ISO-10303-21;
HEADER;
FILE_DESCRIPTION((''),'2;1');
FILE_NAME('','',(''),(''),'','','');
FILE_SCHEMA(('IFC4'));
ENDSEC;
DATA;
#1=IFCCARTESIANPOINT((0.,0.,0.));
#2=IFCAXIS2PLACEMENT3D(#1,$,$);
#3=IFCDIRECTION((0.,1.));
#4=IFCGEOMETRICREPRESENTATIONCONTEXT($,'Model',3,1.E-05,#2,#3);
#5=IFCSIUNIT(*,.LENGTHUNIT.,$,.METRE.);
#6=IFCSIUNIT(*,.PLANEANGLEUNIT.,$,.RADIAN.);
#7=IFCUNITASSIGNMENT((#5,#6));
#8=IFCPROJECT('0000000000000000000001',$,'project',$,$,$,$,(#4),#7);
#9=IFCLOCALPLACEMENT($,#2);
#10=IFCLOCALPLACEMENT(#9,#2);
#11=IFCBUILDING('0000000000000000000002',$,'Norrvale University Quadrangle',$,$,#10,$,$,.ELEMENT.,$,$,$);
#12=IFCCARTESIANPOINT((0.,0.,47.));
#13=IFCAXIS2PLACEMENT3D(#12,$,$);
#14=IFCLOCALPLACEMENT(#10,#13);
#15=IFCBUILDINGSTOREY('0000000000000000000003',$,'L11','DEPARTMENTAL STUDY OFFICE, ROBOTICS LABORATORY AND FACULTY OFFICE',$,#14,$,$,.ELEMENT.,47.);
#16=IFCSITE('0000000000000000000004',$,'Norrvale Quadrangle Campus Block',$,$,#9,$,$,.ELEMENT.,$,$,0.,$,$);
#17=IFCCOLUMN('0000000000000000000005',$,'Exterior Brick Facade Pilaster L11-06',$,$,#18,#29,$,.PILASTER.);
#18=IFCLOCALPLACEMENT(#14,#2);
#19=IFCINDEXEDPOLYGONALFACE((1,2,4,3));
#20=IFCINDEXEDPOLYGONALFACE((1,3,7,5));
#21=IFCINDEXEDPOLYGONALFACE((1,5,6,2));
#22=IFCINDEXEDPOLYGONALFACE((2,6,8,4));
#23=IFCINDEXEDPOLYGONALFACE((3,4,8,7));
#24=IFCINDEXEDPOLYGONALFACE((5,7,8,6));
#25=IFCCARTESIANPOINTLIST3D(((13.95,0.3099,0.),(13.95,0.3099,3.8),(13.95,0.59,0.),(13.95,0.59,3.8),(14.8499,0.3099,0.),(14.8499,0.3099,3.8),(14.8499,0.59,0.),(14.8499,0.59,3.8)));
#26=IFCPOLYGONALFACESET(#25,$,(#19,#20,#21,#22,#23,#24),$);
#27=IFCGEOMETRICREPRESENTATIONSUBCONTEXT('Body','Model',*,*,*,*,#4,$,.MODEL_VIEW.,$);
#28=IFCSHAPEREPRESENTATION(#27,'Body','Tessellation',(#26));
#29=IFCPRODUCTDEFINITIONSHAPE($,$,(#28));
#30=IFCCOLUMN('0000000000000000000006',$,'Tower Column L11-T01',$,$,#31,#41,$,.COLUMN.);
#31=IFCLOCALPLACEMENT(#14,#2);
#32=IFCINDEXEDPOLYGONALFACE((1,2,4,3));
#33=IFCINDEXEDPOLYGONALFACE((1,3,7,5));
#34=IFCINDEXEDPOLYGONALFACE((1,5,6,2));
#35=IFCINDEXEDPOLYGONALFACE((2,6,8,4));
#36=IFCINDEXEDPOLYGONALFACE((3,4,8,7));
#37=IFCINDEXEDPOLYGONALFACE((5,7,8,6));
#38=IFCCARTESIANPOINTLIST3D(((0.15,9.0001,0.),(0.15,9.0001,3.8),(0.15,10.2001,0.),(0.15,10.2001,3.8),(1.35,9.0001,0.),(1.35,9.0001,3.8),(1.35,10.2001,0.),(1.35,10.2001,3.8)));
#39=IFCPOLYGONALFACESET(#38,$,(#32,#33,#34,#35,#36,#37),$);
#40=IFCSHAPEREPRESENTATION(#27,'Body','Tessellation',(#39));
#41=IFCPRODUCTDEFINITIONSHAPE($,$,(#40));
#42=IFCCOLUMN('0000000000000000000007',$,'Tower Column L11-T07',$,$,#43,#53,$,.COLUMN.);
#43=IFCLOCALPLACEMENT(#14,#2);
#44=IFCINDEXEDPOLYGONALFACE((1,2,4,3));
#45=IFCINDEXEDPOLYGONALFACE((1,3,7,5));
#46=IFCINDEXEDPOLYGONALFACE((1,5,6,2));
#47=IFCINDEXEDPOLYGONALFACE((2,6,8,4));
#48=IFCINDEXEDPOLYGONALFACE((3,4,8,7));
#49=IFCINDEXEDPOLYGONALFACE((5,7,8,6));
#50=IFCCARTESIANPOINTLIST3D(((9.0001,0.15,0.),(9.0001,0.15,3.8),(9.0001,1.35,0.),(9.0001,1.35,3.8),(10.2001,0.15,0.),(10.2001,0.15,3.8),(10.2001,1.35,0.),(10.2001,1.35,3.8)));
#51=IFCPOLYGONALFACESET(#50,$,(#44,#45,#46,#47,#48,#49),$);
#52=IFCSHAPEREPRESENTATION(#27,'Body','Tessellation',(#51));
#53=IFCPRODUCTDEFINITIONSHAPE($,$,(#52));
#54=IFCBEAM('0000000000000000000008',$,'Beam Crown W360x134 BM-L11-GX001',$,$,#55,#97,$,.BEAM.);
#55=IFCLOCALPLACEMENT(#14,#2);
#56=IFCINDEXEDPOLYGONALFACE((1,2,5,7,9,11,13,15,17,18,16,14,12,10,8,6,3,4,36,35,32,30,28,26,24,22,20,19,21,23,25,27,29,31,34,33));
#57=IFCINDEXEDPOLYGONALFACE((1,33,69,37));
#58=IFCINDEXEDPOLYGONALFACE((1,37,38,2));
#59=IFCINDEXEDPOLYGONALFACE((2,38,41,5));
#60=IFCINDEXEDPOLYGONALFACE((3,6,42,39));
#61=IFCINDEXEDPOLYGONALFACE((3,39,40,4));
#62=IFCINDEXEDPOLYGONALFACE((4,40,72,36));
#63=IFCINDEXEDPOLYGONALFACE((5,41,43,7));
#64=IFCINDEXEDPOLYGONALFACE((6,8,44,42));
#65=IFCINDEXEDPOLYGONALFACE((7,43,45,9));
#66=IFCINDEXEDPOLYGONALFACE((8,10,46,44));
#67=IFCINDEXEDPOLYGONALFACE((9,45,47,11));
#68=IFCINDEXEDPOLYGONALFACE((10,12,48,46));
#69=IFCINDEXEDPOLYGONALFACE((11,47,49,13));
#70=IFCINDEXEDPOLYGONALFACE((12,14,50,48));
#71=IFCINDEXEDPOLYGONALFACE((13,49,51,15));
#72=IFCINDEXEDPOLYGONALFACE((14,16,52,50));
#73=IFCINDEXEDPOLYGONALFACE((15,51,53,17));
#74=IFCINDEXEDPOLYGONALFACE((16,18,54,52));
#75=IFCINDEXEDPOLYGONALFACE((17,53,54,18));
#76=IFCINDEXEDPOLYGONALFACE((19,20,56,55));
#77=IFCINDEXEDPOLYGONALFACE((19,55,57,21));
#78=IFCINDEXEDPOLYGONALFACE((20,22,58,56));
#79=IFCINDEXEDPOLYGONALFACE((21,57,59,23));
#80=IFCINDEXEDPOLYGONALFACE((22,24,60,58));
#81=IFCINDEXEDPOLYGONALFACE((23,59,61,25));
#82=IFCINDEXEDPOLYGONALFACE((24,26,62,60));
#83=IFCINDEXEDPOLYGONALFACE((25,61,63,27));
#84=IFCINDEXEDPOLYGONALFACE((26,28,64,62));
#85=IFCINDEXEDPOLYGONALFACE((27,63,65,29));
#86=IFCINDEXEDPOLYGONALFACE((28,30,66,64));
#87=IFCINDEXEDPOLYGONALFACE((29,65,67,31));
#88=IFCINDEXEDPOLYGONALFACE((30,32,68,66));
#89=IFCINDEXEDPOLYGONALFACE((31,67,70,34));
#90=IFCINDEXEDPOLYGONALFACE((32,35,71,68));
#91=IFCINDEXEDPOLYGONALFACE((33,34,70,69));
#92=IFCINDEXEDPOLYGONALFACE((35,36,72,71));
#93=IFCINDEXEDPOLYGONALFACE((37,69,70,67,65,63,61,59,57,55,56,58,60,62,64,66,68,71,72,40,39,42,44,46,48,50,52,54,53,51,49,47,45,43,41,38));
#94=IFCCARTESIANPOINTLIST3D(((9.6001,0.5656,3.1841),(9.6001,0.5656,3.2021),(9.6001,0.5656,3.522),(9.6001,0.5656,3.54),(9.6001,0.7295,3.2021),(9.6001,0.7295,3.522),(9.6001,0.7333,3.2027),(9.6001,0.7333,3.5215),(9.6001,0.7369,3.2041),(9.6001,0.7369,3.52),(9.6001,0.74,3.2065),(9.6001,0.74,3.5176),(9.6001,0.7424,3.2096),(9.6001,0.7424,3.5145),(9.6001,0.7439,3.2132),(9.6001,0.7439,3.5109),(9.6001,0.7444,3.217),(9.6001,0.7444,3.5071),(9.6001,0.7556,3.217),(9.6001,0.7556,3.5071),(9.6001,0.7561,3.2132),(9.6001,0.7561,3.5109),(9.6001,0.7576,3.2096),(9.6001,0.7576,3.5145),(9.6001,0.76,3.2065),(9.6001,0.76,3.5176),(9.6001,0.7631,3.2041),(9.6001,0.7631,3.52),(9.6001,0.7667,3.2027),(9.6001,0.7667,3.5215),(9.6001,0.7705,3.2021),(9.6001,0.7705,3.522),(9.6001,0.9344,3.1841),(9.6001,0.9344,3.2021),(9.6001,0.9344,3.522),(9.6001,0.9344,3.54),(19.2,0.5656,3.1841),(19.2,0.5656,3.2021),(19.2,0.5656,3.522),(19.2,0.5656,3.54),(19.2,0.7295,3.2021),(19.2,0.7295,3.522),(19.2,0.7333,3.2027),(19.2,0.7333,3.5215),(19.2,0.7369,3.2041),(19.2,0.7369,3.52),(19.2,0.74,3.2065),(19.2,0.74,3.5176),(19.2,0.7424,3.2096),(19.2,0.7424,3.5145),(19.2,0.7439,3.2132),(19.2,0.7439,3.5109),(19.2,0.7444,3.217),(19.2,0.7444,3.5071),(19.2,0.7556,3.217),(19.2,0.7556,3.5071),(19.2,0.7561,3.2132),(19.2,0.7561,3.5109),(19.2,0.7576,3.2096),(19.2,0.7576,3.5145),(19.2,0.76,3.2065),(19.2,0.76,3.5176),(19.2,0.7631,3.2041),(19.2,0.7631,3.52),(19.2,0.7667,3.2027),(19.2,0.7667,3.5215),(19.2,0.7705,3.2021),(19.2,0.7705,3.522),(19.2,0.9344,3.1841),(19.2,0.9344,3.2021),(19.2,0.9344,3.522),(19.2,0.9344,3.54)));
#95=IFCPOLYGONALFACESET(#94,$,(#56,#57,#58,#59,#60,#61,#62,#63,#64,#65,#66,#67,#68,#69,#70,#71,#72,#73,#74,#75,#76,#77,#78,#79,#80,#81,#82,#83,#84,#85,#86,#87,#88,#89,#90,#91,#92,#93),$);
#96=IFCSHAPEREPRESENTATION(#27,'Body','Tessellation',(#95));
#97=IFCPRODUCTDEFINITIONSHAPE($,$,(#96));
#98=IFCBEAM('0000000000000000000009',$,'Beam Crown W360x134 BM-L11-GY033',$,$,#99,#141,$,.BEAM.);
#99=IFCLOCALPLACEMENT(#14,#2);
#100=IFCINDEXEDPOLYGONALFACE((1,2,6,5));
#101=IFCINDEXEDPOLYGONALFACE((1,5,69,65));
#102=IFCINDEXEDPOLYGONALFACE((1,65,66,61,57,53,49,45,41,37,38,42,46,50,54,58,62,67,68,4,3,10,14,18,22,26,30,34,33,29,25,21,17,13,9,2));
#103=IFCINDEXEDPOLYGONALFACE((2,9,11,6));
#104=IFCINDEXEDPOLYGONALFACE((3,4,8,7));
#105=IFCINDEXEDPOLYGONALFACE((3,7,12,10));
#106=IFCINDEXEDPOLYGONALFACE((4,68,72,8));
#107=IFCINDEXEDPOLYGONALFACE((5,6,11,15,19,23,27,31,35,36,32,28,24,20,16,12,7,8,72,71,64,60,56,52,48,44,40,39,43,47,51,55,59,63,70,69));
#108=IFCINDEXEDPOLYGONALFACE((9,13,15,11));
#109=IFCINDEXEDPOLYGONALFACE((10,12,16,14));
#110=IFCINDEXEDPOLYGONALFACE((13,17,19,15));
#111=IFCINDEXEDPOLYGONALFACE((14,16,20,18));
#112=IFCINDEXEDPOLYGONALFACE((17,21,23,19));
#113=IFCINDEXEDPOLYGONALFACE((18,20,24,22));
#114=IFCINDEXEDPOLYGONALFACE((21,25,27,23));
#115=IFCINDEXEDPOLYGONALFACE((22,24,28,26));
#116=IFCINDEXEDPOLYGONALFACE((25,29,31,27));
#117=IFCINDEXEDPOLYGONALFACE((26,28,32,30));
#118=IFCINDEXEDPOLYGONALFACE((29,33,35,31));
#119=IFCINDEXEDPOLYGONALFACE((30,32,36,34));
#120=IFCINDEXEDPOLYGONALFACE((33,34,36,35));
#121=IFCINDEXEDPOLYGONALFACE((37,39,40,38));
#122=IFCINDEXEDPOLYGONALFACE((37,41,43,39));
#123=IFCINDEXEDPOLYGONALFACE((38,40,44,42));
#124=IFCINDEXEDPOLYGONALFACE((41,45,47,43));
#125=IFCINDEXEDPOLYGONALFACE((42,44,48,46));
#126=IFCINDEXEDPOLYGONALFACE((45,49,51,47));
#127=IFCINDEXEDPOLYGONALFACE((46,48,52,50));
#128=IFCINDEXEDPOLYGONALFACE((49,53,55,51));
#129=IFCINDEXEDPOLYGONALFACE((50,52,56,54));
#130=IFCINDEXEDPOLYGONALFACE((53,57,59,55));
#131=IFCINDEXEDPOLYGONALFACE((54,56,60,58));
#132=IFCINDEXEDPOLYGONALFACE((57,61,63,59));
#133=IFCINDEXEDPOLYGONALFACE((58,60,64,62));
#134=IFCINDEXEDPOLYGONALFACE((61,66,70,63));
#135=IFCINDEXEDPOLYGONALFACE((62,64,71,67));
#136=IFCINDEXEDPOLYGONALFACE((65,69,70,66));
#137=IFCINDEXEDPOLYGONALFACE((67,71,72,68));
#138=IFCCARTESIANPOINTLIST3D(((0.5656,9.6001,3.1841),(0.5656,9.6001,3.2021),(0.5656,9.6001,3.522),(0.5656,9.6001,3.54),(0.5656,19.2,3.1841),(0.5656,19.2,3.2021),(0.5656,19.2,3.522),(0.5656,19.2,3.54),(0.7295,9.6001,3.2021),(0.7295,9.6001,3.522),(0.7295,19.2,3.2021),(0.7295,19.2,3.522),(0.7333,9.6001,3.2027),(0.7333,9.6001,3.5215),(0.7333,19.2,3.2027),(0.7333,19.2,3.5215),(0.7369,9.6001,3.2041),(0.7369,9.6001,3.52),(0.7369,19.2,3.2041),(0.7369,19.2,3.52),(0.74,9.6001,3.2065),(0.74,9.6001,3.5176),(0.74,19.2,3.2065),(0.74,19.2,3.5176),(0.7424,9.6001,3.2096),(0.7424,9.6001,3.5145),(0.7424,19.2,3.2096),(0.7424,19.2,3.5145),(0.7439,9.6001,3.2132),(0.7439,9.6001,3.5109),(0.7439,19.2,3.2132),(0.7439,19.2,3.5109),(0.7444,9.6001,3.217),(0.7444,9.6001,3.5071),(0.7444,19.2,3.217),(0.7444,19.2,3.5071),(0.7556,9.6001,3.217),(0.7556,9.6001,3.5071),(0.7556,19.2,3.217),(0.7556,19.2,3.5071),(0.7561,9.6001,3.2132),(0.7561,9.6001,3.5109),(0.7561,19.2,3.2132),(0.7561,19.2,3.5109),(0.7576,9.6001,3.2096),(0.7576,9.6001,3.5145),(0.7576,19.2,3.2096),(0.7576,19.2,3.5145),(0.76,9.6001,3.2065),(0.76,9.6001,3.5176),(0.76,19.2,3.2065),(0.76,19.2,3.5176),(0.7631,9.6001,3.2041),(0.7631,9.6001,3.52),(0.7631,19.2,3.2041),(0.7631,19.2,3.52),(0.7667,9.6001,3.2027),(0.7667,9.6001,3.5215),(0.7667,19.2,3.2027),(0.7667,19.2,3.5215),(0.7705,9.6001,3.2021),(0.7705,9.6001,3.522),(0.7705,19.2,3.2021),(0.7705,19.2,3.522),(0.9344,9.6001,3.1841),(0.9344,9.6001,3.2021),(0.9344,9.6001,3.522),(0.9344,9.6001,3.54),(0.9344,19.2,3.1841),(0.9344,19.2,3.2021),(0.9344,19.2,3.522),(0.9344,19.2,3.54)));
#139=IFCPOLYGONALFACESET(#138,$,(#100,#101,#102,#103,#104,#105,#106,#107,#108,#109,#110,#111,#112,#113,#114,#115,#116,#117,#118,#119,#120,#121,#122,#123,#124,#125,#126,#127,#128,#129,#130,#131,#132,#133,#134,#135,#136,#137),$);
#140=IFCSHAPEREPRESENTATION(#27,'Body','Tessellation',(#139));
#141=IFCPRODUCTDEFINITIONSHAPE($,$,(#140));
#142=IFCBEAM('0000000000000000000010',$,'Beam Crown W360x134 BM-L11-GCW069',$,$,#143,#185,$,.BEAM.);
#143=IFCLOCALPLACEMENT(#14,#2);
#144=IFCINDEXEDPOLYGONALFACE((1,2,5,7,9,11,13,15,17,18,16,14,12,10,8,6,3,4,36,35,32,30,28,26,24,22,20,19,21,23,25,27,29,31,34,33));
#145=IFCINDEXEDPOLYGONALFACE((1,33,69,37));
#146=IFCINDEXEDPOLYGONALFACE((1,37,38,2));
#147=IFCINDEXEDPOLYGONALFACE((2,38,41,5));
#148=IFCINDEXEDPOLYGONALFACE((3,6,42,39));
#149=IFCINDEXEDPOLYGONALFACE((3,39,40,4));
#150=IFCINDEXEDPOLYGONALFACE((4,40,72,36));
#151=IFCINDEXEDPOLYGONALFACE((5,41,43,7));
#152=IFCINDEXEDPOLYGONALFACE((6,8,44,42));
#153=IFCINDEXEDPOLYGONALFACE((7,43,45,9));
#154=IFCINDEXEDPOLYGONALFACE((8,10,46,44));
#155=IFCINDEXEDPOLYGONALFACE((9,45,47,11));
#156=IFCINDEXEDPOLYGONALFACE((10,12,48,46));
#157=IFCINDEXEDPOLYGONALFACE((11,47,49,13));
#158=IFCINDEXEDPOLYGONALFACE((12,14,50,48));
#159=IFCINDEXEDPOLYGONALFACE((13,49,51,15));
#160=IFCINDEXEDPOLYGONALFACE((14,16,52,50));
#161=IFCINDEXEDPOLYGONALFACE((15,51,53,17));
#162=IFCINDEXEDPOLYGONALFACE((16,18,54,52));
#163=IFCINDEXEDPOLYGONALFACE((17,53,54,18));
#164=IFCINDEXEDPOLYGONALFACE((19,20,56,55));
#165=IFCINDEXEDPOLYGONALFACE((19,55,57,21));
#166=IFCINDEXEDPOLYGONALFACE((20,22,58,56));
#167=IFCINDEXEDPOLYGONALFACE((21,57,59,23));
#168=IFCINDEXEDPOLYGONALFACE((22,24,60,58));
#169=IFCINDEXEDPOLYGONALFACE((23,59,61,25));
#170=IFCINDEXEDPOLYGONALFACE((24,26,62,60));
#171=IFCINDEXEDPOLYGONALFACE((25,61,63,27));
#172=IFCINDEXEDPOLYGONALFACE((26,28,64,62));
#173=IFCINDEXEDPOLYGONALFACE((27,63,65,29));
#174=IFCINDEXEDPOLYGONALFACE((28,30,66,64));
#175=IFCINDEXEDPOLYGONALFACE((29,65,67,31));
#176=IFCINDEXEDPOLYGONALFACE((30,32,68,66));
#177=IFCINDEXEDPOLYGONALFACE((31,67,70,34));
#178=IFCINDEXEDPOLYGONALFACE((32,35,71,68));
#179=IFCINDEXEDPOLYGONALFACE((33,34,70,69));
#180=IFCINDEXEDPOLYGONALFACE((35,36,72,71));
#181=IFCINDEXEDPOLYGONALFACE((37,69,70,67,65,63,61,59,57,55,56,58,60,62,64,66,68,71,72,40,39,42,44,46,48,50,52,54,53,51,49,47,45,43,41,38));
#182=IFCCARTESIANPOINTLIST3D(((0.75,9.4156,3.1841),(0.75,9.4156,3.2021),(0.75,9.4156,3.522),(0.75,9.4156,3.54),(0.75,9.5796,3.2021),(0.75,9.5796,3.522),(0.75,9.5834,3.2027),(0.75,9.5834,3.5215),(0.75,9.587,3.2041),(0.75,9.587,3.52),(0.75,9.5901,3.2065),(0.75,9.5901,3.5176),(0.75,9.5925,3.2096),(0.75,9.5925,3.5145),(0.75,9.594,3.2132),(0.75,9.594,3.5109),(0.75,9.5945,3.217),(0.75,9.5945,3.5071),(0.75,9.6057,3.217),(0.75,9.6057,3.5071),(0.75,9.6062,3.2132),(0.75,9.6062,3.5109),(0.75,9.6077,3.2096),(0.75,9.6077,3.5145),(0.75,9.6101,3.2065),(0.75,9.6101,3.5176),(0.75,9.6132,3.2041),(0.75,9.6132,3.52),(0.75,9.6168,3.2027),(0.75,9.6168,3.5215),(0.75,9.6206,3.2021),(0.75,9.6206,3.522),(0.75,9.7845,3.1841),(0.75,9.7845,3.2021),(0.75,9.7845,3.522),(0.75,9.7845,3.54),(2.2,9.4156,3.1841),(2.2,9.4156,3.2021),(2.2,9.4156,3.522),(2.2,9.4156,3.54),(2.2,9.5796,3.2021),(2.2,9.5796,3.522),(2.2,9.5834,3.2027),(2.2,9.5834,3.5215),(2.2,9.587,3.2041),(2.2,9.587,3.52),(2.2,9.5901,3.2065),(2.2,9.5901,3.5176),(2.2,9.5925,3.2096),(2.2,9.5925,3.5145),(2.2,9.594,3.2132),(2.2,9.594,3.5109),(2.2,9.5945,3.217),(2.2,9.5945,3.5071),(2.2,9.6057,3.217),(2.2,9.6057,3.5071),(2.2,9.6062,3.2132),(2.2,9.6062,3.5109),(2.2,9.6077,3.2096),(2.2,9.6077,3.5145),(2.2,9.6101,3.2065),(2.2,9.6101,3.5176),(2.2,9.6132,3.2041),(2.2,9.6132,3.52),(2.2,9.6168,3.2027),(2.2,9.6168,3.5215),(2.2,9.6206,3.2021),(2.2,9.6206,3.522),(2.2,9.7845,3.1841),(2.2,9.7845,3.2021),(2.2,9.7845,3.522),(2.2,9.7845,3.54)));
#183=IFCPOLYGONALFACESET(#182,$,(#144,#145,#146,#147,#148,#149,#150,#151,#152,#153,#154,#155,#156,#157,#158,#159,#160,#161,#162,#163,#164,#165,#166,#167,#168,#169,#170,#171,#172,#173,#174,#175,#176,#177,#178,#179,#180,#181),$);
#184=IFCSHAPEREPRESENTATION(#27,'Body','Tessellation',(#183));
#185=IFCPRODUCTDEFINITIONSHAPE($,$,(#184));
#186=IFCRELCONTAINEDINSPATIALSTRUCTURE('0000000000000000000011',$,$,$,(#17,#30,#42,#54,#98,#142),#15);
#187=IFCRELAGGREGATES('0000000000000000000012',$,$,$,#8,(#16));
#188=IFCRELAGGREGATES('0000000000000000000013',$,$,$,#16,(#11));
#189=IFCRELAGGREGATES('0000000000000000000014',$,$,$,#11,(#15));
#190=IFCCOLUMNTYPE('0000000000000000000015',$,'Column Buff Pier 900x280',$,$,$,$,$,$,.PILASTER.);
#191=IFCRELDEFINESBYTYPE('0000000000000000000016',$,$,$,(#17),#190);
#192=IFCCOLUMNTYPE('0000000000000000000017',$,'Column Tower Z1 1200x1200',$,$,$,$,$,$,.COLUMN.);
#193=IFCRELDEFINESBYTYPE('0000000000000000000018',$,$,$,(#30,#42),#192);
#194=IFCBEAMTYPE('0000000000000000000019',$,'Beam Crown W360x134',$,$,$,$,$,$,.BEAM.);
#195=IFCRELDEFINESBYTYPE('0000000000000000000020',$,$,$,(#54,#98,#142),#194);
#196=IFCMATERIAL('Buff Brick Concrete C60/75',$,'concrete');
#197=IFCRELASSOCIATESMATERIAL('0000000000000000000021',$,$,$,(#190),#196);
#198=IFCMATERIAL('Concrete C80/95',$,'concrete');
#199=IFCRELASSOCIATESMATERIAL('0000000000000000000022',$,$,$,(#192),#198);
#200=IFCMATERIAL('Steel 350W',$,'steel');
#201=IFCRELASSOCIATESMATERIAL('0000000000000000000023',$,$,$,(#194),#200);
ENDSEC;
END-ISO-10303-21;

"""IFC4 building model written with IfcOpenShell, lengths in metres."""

from ifc_helpers import new_model, si_unit, direction, frame, origin, origin_2d, place, context, subcontext, project, spatial, rectangle, i_section, extrude, material, material_profile, profile_set, type_object, element, save


model = new_model("IFC4")

# Units and contexts
model_context = context("Model", 3, precision=1e-05, world=origin(), true_north=direction((0.0, 1.0)))
body_context = subcontext(model_context, "Body", "Model", "MODEL_VIEW")
ifc_project = project(units=[si_unit("LENGTHUNIT", "METRE"), si_unit("PLANEANGLEUNIT", "RADIAN")], contexts=[model_context])

# Site, building, storey
site_placement = place(None, origin())
site = spatial("IfcSite", under=ifc_project, at=site_placement, Name="Norrvale Quadrangle Campus Block", CompositionType="ELEMENT", RefElevation=0.0)
building_placement = place(site_placement, origin())
building = spatial("IfcBuilding", under=site, at=building_placement, Name="Norrvale University Quadrangle", CompositionType="ELEMENT")
storey_placement = place(building_placement, frame((0.0, 0.0, 47.0)))
storey = spatial("IfcBuildingStorey", under=building, at=storey_placement, Name="L11", Description="DEPARTMENTAL STUDY OFFICE, ROBOTICS LABORATORY AND FACULTY OFFICE", CompositionType="ELEMENT", Elevation=47.0)

# Columns
ifc_material_1 = material(Name="Buff Brick Concrete C60/75", Category="concrete")
ifc_material_profile_1 = material_profile(ifc_material_1, rectangle(XDim=0.8999, YDim=0.28, at=origin_2d()), Name="Buff Brick Concrete C60/75")
ifc_profile_set_1 = profile_set([ifc_material_profile_1], Name="Buff Brick Concrete C60/75")
column_type_1 = type_object("IfcColumnType", Name="Column Buff Pier 900x280", PredefinedType="PILASTER", material=ifc_profile_set_1)
column_placement = place(storey_placement, frame((14.3999, 0.45, 0.0), z_axis=(0.0, 0.0, 1.0), x_axis=(1.0, 0.0, 0.0)))
element("IfcColumn", 1, at=column_placement, inside=storey, type_object=column_type_1, Name="Exterior Brick Facade Pilaster L11-06", PredefinedType="PILASTER", context=body_context, shape_type="SweptSolid", body=[
    extrude(rectangle(XDim=0.8999, YDim=0.28, at=origin_2d()), origin(), (0.0, 0.0, 1.0), 3.8),
])
ifc_material_2 = material(Name="Concrete C80/95", Category="concrete")
ifc_material_profile_2 = material_profile(ifc_material_2, rectangle(XDim=1.2, YDim=1.2, at=origin_2d()), Name="Concrete C80/95")
ifc_profile_set_2 = profile_set([ifc_material_profile_2], Name="Concrete C80/95")
column_type_2 = type_object("IfcColumnType", Name="Column Tower Z1 1200x1200", PredefinedType="COLUMN", material=ifc_profile_set_2)
for number, where, z_axis, x_axis, name in (
    (2, (0.75, 9.6001, 0.0), (0.0, 0.0, 1.0), (1.0, 0.0, 0.0), "Tower Column L11-T01"),
    (3, (9.6001, 0.75, 0.0), (0.0, 0.0, 1.0), (1.0, 0.0, 0.0), "Tower Column L11-T07"),
):
    element("IfcColumn", number, at=place(storey_placement, frame(where, z_axis=z_axis, x_axis=x_axis)), inside=storey, type_object=column_type_2, Name=name, PredefinedType="COLUMN", context=body_context, shape_type="SweptSolid", body=[
        extrude(rectangle(XDim=1.2, YDim=1.2, at=origin_2d()), origin(), (0.0, 0.0, 1.0), 3.8),
    ])

# Beams
ifc_material_3 = material(Name="Steel 350W", Category="steel")
ifc_material_profile_3 = material_profile(ifc_material_3, i_section(OverallWidth=0.3689, OverallDepth=0.356, WebThickness=0.0112, FlangeThickness=0.0181, FilletRadius=0.0149, at=origin_2d()), Name="Steel 350W")
ifc_profile_set_3 = profile_set([ifc_material_profile_3], Name="Steel 350W")
beam_type_1 = type_object("IfcBeamType", Name="Beam Crown W360x134", PredefinedType="BEAM", material=ifc_profile_set_3)
for number, where, z_axis, x_axis, name in (
    (4, (9.6001, 0.75, 3.3621), (1.0, 0.0, 0.0), (0.0, 1.0, 0.0), "Beam Crown W360x134 BM-L11-GX001"),
    (5, (0.75, 9.6001, 3.3621), (0.0, 1.0, 0.0), (-1.0, 0.0, 0.0), "Beam Crown W360x134 BM-L11-GY033"),
):
    element("IfcBeam", number, at=place(storey_placement, frame(where, z_axis=z_axis, x_axis=x_axis)), inside=storey, type_object=beam_type_1, Name=name, PredefinedType="BEAM", context=body_context, shape_type="SweptSolid", body=[
        extrude(i_section(OverallWidth=0.3689, OverallDepth=0.356, WebThickness=0.0112, FlangeThickness=0.0181, FilletRadius=0.0149, at=origin_2d()), origin(), (0.0, 0.0, 1.0), 9.5999),
    ])
beam_1_placement = place(storey_placement, frame((0.75, 9.6001, 3.3621), z_axis=(1.0, 0.0, 0.0), x_axis=(0.0, 1.0, 0.0)))
element("IfcBeam", 6, at=beam_1_placement, inside=storey, type_object=beam_type_1, Name="Beam Crown W360x134 BM-L11-GCW069", PredefinedType="BEAM", context=body_context, shape_type="SweptSolid", body=[
    extrude(i_section(OverallWidth=0.3689, OverallDepth=0.356, WebThickness=0.0112, FlangeThickness=0.0181, FilletRadius=0.0149, at=origin_2d()), origin(), (0.0, 0.0, 1.0), 1.45),
])

save(model, "model.ifc")
